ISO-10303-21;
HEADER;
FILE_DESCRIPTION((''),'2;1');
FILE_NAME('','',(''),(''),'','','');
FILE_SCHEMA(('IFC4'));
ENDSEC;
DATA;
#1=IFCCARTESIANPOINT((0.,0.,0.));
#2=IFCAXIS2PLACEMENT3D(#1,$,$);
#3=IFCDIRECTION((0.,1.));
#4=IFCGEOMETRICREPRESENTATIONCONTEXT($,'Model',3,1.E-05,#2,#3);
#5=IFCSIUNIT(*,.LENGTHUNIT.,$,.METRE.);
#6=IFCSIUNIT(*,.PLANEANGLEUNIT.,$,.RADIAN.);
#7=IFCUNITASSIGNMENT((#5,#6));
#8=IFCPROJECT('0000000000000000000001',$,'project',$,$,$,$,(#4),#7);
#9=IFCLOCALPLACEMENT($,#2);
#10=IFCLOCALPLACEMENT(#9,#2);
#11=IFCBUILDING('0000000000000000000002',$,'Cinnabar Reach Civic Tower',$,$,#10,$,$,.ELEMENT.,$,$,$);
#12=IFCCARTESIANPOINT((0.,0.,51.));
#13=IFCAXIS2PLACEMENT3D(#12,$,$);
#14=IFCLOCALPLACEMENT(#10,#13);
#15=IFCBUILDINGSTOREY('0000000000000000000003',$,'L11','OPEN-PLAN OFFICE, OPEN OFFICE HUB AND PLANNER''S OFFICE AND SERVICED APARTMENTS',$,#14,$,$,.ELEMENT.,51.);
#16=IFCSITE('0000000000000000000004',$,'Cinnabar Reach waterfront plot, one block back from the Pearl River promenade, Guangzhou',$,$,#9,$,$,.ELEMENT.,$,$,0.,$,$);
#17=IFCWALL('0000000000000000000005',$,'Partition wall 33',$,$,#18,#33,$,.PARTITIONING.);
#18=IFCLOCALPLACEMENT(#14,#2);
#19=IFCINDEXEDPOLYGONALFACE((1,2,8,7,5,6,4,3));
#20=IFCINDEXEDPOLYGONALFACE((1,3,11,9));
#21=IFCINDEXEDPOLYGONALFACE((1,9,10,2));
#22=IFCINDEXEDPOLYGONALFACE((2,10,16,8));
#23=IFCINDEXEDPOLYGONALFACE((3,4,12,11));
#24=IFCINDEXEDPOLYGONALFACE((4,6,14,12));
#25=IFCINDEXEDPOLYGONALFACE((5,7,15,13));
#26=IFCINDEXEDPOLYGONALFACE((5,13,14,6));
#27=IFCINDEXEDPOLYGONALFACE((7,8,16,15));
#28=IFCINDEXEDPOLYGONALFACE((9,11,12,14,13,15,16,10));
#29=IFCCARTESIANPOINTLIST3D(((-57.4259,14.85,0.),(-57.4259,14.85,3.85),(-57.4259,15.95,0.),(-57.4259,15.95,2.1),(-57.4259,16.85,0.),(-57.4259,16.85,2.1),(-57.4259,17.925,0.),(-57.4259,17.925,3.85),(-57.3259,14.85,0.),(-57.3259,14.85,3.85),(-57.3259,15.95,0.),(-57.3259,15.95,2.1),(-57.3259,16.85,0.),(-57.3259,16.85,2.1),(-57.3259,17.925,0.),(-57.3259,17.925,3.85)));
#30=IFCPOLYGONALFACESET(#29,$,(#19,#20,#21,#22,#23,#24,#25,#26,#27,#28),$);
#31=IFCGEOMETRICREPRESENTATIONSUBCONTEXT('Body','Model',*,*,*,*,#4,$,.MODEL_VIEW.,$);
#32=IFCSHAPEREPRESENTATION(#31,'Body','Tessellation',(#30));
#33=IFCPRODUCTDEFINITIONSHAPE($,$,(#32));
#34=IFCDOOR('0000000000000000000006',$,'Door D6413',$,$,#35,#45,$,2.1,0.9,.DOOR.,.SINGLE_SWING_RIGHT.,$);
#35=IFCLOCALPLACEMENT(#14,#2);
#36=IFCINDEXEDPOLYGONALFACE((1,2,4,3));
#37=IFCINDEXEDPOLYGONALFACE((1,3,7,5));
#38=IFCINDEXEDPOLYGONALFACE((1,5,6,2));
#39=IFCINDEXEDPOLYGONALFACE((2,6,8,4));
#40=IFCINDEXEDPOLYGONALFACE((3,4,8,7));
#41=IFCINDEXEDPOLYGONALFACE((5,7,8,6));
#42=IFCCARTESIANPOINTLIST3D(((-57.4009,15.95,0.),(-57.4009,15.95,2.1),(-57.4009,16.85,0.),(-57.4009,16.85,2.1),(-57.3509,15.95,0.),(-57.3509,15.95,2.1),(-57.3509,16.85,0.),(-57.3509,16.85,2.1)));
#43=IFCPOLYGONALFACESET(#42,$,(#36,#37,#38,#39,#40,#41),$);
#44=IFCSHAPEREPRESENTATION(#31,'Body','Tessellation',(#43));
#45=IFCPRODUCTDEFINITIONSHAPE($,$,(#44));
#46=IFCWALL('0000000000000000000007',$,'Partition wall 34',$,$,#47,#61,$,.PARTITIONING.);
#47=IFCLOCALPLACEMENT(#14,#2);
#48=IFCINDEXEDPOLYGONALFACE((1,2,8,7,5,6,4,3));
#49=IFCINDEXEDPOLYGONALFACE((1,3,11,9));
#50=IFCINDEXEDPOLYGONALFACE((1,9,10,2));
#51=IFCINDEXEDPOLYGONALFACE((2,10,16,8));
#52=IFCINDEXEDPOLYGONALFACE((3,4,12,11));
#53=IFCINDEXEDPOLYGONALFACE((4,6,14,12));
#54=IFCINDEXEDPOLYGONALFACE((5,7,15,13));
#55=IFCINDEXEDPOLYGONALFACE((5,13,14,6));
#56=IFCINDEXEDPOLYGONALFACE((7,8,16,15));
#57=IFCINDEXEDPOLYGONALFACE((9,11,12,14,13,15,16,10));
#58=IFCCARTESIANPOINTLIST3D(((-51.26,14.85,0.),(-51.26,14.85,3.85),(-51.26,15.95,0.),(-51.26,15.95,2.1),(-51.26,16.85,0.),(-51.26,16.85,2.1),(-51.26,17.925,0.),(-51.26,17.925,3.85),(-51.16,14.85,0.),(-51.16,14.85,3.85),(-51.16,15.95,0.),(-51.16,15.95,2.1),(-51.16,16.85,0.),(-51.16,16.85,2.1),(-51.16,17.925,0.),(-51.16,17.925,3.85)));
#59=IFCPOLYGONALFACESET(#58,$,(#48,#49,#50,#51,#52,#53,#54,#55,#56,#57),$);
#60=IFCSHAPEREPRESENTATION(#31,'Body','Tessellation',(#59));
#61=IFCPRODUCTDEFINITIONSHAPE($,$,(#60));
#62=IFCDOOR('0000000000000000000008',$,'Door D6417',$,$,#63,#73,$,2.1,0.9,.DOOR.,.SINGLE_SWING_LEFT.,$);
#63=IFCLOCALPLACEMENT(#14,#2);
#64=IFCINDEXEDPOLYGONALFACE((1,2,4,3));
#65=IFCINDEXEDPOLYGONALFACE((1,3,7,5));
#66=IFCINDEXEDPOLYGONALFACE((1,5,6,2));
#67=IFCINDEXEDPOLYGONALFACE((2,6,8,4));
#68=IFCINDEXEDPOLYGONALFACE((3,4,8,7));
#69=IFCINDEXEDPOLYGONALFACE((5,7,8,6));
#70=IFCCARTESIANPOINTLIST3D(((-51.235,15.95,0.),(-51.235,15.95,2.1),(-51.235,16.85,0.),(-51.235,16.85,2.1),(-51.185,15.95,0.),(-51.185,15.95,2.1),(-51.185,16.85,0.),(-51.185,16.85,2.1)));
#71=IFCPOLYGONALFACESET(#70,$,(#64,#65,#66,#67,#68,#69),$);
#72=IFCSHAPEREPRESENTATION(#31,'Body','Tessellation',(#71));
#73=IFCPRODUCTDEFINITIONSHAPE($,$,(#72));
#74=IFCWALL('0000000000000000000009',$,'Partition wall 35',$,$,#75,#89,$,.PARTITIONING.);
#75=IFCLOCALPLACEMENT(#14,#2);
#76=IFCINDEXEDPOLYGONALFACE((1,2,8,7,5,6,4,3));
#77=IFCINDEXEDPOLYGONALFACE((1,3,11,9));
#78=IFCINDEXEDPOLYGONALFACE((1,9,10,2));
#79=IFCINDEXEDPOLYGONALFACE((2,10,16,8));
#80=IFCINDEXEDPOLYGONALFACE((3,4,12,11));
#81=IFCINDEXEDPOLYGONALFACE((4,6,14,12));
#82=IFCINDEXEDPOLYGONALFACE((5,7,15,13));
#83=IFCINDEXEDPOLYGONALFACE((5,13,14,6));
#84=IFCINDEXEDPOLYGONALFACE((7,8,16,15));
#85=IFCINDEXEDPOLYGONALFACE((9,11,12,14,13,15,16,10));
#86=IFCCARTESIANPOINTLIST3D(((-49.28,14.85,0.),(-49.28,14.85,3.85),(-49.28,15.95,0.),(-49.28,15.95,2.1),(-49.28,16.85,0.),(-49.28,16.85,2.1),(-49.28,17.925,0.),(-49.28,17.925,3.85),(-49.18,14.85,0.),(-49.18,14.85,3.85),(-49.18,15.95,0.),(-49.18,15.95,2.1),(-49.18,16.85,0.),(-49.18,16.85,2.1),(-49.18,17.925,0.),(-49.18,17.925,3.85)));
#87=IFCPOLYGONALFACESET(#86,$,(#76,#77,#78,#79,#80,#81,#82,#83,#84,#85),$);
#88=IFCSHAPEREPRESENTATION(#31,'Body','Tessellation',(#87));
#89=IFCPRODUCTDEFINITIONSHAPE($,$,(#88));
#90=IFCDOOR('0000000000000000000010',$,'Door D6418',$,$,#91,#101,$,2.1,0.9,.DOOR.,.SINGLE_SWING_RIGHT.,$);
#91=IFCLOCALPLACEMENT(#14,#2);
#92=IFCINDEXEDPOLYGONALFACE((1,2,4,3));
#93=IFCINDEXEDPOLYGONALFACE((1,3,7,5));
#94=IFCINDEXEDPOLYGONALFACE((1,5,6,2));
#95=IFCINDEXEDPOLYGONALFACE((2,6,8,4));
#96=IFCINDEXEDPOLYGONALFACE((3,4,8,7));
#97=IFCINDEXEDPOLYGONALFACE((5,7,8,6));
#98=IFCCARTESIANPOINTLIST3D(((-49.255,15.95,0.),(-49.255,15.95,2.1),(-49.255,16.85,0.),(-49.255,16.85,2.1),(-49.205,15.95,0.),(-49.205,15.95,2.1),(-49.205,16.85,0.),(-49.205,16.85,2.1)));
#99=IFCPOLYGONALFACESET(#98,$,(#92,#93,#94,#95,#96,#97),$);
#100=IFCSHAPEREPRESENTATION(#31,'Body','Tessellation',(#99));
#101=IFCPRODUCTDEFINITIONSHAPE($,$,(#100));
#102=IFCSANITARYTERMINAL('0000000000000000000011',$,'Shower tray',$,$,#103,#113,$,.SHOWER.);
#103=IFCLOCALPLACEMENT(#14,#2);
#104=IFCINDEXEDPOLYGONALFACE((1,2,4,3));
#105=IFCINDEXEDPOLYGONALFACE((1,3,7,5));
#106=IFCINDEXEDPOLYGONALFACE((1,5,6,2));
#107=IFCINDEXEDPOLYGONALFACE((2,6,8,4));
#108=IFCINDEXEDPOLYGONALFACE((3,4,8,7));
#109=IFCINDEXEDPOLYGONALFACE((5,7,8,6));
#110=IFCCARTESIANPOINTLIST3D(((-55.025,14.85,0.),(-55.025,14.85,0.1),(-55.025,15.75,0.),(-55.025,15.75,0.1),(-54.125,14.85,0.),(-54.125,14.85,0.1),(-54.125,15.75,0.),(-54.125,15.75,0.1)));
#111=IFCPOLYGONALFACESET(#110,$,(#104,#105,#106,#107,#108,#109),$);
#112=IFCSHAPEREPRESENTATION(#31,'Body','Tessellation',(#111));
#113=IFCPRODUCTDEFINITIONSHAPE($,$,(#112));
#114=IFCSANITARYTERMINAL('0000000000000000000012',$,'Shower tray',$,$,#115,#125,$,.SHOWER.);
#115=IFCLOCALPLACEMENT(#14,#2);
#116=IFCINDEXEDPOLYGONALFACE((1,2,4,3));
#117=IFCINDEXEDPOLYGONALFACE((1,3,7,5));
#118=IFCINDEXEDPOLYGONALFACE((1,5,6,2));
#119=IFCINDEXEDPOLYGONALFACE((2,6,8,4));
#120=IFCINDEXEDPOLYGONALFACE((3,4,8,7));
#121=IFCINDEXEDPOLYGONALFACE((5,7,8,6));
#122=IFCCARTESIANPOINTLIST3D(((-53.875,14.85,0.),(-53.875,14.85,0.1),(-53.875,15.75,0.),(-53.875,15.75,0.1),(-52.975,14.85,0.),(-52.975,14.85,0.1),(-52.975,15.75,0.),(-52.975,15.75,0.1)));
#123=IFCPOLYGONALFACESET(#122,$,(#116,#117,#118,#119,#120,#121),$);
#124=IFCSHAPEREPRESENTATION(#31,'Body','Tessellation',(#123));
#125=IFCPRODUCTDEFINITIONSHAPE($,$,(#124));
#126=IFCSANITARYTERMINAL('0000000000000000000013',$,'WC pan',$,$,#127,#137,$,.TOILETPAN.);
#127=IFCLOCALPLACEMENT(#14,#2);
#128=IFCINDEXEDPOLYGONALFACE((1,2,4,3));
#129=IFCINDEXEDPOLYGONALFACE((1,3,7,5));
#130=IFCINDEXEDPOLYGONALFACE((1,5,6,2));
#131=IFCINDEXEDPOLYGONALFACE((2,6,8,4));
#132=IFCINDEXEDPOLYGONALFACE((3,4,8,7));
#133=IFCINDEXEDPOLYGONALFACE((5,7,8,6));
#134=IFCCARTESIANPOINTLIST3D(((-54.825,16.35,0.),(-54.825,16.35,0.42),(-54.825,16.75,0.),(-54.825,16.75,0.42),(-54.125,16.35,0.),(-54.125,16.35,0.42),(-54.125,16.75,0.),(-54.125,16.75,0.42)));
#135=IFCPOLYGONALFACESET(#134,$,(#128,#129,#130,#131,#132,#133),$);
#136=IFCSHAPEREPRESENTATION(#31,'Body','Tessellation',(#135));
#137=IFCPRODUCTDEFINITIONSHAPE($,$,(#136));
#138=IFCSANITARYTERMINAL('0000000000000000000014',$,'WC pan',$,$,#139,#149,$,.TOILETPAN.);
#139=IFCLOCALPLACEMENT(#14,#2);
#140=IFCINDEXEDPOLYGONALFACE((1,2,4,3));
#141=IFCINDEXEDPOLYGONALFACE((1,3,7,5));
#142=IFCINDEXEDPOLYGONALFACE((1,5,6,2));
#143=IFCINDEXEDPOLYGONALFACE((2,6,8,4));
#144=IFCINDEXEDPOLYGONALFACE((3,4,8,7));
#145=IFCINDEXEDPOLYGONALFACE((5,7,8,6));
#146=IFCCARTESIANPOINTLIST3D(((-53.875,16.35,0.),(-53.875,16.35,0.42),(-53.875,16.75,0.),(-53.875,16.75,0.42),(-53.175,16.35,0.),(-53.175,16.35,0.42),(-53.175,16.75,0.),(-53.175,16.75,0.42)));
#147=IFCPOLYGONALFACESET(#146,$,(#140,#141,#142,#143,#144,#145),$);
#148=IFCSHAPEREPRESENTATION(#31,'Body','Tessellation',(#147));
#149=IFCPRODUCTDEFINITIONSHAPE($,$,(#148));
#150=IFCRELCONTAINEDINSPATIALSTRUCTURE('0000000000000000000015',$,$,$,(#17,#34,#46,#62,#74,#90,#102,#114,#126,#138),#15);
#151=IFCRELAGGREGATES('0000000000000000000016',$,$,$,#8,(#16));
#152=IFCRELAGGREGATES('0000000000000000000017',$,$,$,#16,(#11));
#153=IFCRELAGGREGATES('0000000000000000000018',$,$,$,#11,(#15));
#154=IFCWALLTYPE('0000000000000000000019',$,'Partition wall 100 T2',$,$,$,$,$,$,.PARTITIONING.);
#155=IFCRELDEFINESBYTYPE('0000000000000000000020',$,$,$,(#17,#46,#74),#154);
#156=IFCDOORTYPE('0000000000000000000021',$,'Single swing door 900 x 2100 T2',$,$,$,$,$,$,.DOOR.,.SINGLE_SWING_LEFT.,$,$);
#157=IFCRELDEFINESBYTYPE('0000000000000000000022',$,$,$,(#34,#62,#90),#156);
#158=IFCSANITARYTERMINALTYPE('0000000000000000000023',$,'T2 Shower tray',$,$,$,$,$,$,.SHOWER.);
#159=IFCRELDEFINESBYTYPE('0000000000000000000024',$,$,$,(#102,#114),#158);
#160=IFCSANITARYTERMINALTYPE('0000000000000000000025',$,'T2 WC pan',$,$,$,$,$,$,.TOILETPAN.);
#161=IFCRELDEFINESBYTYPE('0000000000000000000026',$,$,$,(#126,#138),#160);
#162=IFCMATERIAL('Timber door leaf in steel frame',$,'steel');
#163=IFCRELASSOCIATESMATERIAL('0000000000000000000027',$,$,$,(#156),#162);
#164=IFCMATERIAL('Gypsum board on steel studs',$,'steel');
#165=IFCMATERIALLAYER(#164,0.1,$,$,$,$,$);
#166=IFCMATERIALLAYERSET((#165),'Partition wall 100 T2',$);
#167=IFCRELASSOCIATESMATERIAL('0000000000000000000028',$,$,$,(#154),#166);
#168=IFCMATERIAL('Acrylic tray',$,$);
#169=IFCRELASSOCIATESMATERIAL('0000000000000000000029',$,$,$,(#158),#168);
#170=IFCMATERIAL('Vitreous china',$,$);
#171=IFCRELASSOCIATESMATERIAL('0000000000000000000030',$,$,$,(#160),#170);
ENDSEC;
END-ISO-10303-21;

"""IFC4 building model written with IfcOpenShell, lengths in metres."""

from ifc_helpers import new_model, si_unit, direction, frame, frame_2d, origin, origin_2d, place, context, subcontext, project, spatial, rectangle, extrude, material, layer, layer_set, type_object, element, fill, save


model = new_model("IFC4")

# Units and contexts
model_context = context("Model", 3, precision=1e-05, world=origin(), true_north=direction((0.0, 1.0)))
body_context = subcontext(model_context, "Body", "Model", "MODEL_VIEW")
ifc_project = project(units=[si_unit("LENGTHUNIT", "METRE"), si_unit("PLANEANGLEUNIT", "RADIAN")], contexts=[model_context])

# Site, building, storey
site_placement = place(None, origin())
site = spatial("IfcSite", under=ifc_project, at=site_placement, Name="Cinnabar Reach waterfront plot, one block back from the Pearl River promenade, Guangzhou", CompositionType="ELEMENT", RefElevation=0.0)
building_placement = place(site_placement, origin())
building = spatial("IfcBuilding", under=site, at=building_placement, Name="Cinnabar Reach Civic Tower", CompositionType="ELEMENT")
storey_placement = place(building_placement, frame((0.0, 0.0, 51.0)))
storey = spatial("IfcBuildingStorey", under=building, at=storey_placement, Name="L11", Description="OPEN-PLAN OFFICE, OPEN OFFICE HUB AND PLANNER'S OFFICE AND SERVICED APARTMENTS", CompositionType="ELEMENT", Elevation=51.0)

# Shared definitions
ifc_material_1 = material(Name="Timber door leaf in steel frame", Category="steel")
door_type_1 = type_object("IfcDoorType", Name="Single swing door 900 x 2100 T2", OperationType="SINGLE_SWING_LEFT", PredefinedType="DOOR", material=ifc_material_1)
ifc_material_2 = material(Name="Gypsum board on steel studs", Category="steel")
ifc_layer_1 = layer(ifc_material_2, 0.1)
ifc_layer_set_1 = layer_set([ifc_layer_1], Name="Partition wall 100 T2")
wall_type_1 = type_object("IfcWallType", Name="Partition wall 100 T2", PredefinedType="PARTITIONING", material=ifc_layer_set_1)

# Walls, openings, doors
wall_1_placement = place(storey_placement, frame((-57.3759, 14.85, 0.0), z_axis=(0.0, 0.0, 1.0), x_axis=(0.0, 1.0, 0.0)))
wall_1 = element("IfcWall", 1, at=wall_1_placement, inside=storey, type_object=wall_type_1, Name="Partition wall 33", PredefinedType="PARTITIONING", context=body_context, shape_type="SweptSolid", body=[
    extrude(rectangle(XDim=3.075, YDim=0.1, at=frame_2d((1.5375, 0.0))), origin(), (0.0, 0.0, 1.0), 3.85),
])
opening_1_placement = place(wall_1_placement, frame((1.1, 0.0, 0.0)))
opening_1 = element("IfcOpeningElement", 2, at=opening_1_placement, cuts=wall_1, PredefinedType="OPENING", context=body_context, shape_type="SweptSolid", body=[
    extrude(rectangle(XDim=0.9, YDim=2.1, at=frame_2d((0.45, 1.05))), frame((0.0, 0.06, 0.0), z_axis=(0.0, -1.0, 0.0), x_axis=(1.0, 0.0, 0.0)), (0.0, 0.0, 1.0), 0.12),
])
door_1_placement = place(opening_1_placement, frame((0.9, 0.0, 0.0), z_axis=(0.0, 0.0, 1.0), x_axis=(-1.0, 0.0, 0.0)))
door_1 = element("IfcDoor", 3, at=door_1_placement, inside=storey, type_object=door_type_1, Name="Door D6413", OperationType="SINGLE_SWING_RIGHT", OverallHeight=2.1, OverallWidth=0.9, PredefinedType="DOOR", context=body_context, shape_type="SweptSolid", body=[
    extrude(rectangle(XDim=0.9, YDim=2.1, at=frame_2d((0.45, 1.05))), frame((0.0, 0.025, 0.0), z_axis=(0.0, -1.0, 0.0), x_axis=(1.0, 0.0, 0.0)), (0.0, 0.0, 1.0), 0.05),
])
fill(opening_1, door_1)
wall_2_placement = place(storey_placement, frame((-51.21, 14.85, 0.0), z_axis=(0.0, 0.0, 1.0), x_axis=(0.0, 1.0, 0.0)))
wall_2 = element("IfcWall", 4, at=wall_2_placement, inside=storey, type_object=wall_type_1, Name="Partition wall 34", PredefinedType="PARTITIONING", context=body_context, shape_type="SweptSolid", body=[
    extrude(rectangle(XDim=3.075, YDim=0.1, at=frame_2d((1.5375, 0.0))), origin(), (0.0, 0.0, 1.0), 3.85),
])
opening_2_placement = place(wall_2_placement, frame((1.1, 0.0, 0.0)))
opening_2 = element("IfcOpeningElement", 5, at=opening_2_placement, cuts=wall_2, PredefinedType="OPENING", context=body_context, shape_type="SweptSolid", body=[
    extrude(rectangle(XDim=0.9, YDim=2.1, at=frame_2d((0.45, 1.05))), frame((0.0, 0.06, 0.0), z_axis=(0.0, -1.0, 0.0), x_axis=(1.0, 0.0, 0.0)), (0.0, 0.0, 1.0), 0.12),
])
door_2_placement = place(opening_2_placement, origin())
door_2 = element("IfcDoor", 6, at=door_2_placement, inside=storey, type_object=door_type_1, Name="Door D6417", OperationType="SINGLE_SWING_LEFT", OverallHeight=2.1, OverallWidth=0.9, PredefinedType="DOOR", context=body_context, shape_type="SweptSolid", body=[
    extrude(rectangle(XDim=0.9, YDim=2.1, at=frame_2d((0.45, 1.05))), frame((0.0, 0.025, 0.0), z_axis=(0.0, -1.0, 0.0), x_axis=(1.0, 0.0, 0.0)), (0.0, 0.0, 1.0), 0.05),
])
fill(opening_2, door_2)
wall_3_placement = place(storey_placement, frame((-49.23, 14.85, 0.0), z_axis=(0.0, 0.0, 1.0), x_axis=(0.0, 1.0, 0.0)))
wall_3 = element("IfcWall", 7, at=wall_3_placement, inside=storey, type_object=wall_type_1, Name="Partition wall 35", PredefinedType="PARTITIONING", context=body_context, shape_type="SweptSolid", body=[
    extrude(rectangle(XDim=3.075, YDim=0.1, at=frame_2d((1.5375, 0.0))), origin(), (0.0, 0.0, 1.0), 3.85),
])
opening_3_placement = place(wall_3_placement, frame((1.1, 0.0, 0.0)))
opening_3 = element("IfcOpeningElement", 8, at=opening_3_placement, cuts=wall_3, PredefinedType="OPENING", context=body_context, shape_type="SweptSolid", body=[
    extrude(rectangle(XDim=0.9, YDim=2.1, at=frame_2d((0.45, 1.05))), frame((0.0, 0.06, 0.0), z_axis=(0.0, -1.0, 0.0), x_axis=(1.0, 0.0, 0.0)), (0.0, 0.0, 1.0), 0.12),
])
door_3_placement = place(opening_3_placement, origin())
door_3 = element("IfcDoor", 9, at=door_3_placement, inside=storey, type_object=door_type_1, Name="Door D6418", OperationType="SINGLE_SWING_RIGHT", OverallHeight=2.1, OverallWidth=0.9, PredefinedType="DOOR", context=body_context, shape_type="SweptSolid", body=[
    extrude(rectangle(XDim=0.9, YDim=2.1, at=frame_2d((0.45, 1.05))), frame((0.0, 0.025, 0.0), z_axis=(0.0, -1.0, 0.0), x_axis=(1.0, 0.0, 0.0)), (0.0, 0.0, 1.0), 0.05),
])
fill(opening_3, door_3)

# Sanitary terminals
ifc_material_3 = material(Name="Acrylic tray")
sanitary_terminal_type_1 = type_object("IfcSanitaryTerminalType", Name="T2 Shower tray", PredefinedType="SHOWER", material=ifc_material_3)
for number, where, z_axis, x_axis, name in (
    (10, (-54.575, 15.3, 0.0), (0.0, 0.0, 1.0), (1.0, 0.0, 0.0), "Shower tray"),
    (11, (-53.425, 15.3, 0.0), (0.0, 0.0, 1.0), (1.0, 0.0, 0.0), "Shower tray"),
):
    element("IfcSanitaryTerminal", number, at=place(storey_placement, frame(where, z_axis=z_axis, x_axis=x_axis)), inside=storey, type_object=sanitary_terminal_type_1, Name=name, PredefinedType="SHOWER", context=body_context, shape_type="SweptSolid", body=[
        extrude(rectangle(XDim=0.9, YDim=0.9, at=origin_2d()), origin(), (0.0, 0.0, 1.0), 0.1),
    ])
ifc_material_4 = material(Name="Vitreous china")
sanitary_terminal_type_2 = type_object("IfcSanitaryTerminalType", Name="T2 WC pan", PredefinedType="TOILETPAN", material=ifc_material_4)
for number, where, z_axis, x_axis, name in (
    (12, (-54.475, 16.55, 0.0), (0.0, 0.0, 1.0), (1.0, 0.0, 0.0), "WC pan"),
    (13, (-53.525, 16.55, 0.0), (0.0, 0.0, 1.0), (1.0, 0.0, 0.0), "WC pan"),
):
    element("IfcSanitaryTerminal", number, at=place(storey_placement, frame(where, z_axis=z_axis, x_axis=x_axis)), inside=storey, type_object=sanitary_terminal_type_2, Name=name, PredefinedType="TOILETPAN", context=body_context, shape_type="SweptSolid", body=[
        extrude(rectangle(XDim=0.7, YDim=0.4, at=origin_2d()), origin(), (0.0, 0.0, 1.0), 0.42),
    ])

save(model, "model.ifc")
